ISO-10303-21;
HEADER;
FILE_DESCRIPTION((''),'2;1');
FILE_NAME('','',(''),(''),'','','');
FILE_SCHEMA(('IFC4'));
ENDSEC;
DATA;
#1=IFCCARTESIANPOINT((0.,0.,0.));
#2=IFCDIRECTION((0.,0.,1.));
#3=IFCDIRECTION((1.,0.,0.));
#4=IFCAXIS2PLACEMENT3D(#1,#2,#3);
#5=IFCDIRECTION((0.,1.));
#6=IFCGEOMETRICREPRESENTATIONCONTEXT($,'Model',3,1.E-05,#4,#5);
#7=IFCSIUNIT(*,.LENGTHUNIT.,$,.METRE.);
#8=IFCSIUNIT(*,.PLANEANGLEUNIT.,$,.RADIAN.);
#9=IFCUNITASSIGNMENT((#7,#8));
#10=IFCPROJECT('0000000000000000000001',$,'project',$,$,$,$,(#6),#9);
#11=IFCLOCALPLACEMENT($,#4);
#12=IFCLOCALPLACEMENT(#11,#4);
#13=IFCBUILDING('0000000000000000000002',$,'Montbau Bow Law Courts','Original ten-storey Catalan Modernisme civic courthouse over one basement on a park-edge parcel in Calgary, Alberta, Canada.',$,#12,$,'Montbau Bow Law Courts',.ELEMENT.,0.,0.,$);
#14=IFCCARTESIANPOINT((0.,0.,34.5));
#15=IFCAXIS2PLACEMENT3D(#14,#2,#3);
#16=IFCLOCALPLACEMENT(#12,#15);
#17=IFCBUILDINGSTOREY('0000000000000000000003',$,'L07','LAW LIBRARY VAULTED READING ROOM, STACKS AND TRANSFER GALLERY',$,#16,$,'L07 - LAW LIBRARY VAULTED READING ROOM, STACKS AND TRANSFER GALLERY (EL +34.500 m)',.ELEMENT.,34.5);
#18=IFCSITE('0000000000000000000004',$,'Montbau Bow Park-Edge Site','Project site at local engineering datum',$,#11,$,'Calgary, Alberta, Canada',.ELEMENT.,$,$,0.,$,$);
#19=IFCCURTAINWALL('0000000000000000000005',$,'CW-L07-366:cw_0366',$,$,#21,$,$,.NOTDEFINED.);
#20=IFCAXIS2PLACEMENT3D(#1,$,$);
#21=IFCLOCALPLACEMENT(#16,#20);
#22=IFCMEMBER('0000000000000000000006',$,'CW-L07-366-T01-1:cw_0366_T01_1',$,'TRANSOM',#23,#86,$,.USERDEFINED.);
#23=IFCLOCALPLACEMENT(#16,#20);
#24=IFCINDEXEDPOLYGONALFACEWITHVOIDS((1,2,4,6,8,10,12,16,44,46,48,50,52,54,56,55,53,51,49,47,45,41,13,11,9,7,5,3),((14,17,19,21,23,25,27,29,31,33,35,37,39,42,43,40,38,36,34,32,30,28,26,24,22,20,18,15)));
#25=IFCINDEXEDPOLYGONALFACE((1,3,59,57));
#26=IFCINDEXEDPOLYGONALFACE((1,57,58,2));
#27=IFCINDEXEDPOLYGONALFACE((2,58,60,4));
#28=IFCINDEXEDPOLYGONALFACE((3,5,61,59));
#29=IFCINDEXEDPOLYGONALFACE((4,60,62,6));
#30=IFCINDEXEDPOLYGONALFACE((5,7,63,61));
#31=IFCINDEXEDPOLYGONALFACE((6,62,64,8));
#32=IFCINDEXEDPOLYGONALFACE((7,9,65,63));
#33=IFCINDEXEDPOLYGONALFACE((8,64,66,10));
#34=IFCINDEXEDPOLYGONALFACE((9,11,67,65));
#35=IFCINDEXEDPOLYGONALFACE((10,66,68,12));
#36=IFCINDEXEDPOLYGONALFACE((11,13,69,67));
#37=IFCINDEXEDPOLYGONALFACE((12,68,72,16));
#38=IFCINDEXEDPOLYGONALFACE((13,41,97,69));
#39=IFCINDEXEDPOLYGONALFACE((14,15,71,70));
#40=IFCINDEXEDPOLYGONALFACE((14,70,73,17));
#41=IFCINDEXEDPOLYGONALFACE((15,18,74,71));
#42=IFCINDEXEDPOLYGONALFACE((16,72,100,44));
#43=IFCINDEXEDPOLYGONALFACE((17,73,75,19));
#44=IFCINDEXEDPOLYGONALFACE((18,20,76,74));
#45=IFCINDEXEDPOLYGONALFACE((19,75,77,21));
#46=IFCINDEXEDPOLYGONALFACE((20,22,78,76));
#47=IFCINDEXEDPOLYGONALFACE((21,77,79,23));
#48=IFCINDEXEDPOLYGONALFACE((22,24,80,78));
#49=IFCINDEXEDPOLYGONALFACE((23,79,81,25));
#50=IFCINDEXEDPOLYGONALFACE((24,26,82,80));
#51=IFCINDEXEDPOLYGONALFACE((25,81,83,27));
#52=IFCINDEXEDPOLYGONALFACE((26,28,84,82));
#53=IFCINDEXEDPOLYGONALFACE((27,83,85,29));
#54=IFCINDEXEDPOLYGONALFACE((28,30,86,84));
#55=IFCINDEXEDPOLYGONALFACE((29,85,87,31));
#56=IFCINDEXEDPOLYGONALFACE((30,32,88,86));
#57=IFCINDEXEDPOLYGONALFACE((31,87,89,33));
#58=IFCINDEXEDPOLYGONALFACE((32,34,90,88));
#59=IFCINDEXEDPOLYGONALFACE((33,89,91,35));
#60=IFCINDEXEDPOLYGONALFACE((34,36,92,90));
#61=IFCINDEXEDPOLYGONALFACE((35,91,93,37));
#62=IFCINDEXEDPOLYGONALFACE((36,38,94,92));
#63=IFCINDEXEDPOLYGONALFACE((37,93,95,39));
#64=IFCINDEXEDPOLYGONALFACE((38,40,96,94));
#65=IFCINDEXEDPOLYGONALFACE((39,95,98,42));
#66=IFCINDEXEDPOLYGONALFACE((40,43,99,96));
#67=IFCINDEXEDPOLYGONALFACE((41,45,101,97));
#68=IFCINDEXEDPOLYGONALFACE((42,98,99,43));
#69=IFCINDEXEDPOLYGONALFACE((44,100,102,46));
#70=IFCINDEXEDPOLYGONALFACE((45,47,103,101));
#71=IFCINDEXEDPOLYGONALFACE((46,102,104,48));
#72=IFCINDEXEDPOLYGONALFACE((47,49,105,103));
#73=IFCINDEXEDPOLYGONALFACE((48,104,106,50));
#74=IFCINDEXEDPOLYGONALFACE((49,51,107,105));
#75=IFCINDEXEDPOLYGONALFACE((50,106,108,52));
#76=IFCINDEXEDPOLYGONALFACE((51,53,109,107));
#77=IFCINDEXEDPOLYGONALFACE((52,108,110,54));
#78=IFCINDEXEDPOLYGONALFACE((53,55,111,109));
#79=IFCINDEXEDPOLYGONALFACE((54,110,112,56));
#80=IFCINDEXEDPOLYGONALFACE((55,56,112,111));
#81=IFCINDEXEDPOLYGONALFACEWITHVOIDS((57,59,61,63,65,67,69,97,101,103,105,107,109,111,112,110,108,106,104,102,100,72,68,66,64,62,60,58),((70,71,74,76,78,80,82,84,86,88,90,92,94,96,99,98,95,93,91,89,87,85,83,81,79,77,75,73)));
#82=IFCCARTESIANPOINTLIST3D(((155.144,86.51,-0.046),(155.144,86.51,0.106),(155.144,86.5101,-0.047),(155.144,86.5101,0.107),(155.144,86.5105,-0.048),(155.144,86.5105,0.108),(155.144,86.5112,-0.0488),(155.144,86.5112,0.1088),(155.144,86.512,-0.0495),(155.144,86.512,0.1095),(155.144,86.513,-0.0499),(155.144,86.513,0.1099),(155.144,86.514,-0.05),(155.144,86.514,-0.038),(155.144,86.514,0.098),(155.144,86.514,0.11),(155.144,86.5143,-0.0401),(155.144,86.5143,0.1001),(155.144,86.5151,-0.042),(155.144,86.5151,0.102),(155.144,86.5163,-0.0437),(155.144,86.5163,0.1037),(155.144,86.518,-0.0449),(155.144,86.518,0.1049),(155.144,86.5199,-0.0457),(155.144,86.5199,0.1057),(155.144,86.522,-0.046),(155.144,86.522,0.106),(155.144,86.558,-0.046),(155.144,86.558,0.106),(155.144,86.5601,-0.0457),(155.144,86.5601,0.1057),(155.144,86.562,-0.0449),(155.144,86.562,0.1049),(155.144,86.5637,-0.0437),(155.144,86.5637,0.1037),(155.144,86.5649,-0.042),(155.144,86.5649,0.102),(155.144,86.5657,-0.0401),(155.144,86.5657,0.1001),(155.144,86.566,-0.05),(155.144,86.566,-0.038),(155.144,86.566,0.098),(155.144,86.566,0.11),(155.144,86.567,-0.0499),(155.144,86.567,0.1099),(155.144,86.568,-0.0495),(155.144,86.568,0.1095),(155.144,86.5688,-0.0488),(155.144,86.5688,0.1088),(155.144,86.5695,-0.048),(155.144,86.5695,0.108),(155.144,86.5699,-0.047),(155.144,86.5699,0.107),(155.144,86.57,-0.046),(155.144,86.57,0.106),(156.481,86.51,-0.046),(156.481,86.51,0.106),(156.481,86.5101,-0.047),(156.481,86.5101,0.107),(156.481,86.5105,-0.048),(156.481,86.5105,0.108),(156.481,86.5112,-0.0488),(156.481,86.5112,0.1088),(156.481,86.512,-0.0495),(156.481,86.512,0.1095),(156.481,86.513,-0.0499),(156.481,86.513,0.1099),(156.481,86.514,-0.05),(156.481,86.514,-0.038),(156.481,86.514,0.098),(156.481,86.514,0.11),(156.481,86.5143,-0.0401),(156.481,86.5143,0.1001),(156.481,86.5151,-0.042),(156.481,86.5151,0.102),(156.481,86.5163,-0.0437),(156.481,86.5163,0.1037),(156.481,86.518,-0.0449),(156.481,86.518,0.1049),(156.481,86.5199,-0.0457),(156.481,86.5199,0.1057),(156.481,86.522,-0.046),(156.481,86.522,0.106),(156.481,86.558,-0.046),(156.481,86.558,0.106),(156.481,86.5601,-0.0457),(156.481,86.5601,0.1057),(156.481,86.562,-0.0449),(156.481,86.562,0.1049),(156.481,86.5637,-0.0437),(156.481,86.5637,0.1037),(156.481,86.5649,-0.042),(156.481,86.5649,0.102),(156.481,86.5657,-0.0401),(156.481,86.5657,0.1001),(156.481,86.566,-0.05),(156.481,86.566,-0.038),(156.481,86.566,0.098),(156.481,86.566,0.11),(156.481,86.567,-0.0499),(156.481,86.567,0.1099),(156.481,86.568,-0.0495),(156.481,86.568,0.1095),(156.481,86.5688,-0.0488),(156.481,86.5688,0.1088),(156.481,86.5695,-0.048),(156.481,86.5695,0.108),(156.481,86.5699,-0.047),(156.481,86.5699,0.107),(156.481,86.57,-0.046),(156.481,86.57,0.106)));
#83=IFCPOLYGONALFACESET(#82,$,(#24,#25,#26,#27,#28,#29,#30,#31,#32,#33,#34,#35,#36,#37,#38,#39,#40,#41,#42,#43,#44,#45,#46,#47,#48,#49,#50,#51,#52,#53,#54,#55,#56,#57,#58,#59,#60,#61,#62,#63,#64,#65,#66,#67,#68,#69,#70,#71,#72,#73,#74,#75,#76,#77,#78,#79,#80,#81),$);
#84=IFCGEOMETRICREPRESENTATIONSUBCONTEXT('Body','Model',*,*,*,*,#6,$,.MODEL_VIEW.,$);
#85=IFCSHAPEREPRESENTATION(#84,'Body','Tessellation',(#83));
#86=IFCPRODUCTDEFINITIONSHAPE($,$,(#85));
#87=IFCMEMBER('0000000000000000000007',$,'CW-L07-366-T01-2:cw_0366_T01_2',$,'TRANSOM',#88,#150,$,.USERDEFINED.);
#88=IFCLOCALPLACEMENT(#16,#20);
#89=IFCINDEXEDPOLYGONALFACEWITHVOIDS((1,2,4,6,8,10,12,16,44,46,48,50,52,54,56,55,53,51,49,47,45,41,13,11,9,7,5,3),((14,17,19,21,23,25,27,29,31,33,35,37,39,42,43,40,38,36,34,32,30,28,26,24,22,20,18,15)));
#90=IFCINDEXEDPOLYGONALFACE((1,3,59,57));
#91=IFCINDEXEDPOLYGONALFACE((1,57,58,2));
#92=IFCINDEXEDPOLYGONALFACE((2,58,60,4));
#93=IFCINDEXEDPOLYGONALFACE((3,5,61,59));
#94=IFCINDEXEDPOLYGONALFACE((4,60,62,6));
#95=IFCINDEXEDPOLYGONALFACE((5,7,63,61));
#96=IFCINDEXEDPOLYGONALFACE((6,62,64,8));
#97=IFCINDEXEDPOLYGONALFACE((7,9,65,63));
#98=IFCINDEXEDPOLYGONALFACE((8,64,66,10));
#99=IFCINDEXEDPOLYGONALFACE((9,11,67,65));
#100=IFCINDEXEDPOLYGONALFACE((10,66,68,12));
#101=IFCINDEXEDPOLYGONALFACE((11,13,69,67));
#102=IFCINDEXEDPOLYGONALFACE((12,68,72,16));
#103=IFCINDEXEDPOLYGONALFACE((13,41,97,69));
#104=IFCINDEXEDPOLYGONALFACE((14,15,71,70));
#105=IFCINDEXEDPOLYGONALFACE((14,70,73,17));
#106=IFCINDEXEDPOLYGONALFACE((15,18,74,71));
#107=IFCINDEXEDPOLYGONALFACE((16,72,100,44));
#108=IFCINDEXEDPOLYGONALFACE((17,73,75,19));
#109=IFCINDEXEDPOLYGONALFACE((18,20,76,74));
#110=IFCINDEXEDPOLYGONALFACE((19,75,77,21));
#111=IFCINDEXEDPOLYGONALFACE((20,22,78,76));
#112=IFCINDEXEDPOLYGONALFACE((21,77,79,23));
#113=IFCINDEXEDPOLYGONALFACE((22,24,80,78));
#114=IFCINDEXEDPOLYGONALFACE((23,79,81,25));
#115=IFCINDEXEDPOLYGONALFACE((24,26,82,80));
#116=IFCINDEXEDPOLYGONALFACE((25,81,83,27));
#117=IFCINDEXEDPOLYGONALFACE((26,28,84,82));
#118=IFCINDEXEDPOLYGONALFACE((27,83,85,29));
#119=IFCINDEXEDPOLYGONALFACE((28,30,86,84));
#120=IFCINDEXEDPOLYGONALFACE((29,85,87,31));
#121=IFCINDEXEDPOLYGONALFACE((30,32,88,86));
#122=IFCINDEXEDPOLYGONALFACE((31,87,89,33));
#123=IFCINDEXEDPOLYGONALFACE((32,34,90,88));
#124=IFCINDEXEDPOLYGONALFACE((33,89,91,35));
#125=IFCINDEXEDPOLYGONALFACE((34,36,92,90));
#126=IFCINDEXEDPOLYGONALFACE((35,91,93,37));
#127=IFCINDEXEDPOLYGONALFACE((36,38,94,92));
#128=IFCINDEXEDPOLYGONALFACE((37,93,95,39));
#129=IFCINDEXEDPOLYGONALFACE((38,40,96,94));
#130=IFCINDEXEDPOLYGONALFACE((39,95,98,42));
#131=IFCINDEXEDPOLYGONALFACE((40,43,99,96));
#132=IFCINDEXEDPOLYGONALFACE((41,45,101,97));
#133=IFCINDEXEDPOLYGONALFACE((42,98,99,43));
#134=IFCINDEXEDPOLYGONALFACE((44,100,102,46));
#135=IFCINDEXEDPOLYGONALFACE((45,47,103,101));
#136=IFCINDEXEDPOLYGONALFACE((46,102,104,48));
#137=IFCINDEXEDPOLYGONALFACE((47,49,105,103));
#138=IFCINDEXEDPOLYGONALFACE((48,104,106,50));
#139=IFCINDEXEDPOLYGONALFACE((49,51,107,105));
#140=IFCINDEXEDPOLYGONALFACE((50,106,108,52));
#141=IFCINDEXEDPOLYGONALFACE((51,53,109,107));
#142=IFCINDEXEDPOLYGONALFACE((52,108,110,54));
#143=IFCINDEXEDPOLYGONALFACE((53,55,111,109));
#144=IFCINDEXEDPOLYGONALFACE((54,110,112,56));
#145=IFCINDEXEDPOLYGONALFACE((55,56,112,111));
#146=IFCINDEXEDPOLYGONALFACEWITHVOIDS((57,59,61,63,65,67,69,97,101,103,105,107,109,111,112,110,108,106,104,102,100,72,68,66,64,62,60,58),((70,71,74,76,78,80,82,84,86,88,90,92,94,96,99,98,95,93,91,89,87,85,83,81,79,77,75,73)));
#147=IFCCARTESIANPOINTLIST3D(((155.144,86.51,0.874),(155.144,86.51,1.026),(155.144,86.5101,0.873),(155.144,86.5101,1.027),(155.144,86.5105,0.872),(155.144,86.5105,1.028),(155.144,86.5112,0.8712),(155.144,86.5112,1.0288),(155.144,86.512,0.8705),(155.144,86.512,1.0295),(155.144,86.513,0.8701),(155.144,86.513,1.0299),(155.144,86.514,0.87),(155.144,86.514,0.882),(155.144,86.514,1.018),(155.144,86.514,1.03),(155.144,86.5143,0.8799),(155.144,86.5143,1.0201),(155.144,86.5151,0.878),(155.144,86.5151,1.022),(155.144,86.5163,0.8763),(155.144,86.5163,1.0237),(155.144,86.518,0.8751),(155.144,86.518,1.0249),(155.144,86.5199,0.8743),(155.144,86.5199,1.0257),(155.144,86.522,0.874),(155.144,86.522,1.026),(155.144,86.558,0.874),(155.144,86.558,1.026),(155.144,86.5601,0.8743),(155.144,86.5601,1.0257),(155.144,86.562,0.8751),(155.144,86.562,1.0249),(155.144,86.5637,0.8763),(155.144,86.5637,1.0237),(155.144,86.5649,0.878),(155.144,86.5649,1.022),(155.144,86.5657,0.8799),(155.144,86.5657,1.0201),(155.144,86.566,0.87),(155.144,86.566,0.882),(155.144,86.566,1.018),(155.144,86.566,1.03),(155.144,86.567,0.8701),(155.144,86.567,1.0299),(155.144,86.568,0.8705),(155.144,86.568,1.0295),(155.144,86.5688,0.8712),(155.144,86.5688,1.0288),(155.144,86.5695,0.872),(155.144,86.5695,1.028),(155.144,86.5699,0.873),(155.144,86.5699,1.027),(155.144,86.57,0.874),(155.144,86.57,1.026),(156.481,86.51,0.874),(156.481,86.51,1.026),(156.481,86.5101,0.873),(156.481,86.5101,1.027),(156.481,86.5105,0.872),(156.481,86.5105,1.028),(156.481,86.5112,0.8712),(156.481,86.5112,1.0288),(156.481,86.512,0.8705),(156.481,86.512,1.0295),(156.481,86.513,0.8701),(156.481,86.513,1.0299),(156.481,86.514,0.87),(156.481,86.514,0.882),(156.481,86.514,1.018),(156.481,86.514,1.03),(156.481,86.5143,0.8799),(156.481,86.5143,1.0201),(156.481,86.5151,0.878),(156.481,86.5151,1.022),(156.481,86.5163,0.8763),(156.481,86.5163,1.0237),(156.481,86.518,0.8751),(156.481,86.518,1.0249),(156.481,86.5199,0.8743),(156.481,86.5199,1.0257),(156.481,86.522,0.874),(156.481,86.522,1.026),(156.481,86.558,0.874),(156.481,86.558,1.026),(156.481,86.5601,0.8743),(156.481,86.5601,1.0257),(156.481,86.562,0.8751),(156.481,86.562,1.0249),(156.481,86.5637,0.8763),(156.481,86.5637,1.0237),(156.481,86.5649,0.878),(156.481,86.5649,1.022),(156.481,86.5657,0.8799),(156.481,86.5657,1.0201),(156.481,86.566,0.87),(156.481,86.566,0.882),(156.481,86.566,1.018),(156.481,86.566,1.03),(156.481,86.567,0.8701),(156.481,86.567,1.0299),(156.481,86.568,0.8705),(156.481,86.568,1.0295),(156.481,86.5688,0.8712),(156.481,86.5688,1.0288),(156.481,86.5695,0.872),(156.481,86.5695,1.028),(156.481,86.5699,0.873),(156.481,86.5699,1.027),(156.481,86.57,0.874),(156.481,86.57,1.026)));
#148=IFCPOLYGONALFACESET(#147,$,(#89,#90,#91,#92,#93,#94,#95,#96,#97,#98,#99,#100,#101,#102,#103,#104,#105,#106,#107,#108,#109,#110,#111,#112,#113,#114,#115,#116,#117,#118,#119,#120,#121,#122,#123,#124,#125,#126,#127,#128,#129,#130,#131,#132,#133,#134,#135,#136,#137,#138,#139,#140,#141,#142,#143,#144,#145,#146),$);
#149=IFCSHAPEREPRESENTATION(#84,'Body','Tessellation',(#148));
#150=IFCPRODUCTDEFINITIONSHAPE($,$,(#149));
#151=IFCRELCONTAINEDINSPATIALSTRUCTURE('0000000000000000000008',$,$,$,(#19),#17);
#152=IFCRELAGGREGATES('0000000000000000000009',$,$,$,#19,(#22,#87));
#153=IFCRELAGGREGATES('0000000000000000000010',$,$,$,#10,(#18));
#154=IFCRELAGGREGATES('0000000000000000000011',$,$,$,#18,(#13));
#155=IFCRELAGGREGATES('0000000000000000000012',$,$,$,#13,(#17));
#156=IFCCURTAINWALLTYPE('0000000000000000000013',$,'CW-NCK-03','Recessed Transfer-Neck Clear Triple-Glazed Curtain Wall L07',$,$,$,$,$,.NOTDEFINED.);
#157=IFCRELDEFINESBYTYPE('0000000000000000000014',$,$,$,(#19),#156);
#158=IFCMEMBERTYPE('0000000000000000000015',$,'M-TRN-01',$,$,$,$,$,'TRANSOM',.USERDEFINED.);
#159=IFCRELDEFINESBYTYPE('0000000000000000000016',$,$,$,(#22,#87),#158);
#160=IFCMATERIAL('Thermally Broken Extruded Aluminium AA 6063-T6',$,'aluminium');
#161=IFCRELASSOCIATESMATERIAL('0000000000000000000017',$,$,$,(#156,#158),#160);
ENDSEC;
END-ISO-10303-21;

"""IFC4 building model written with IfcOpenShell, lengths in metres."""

from ifc_helpers import new_model, si_unit, direction, frame, origin_with_axes, origin_2d_with_axis, place, context, subcontext, project, spatial, hollow_rectangle, extrude, material, material_profile, profile_set, type_object, element, aggregate, save


model = new_model("IFC4")

# Units and contexts
model_context = context("Model", 3, precision=1e-05, world=origin_with_axes(), true_north=direction((0.0, 1.0)))
body_context = subcontext(model_context, "Body", "Model", "MODEL_VIEW")
ifc_project = project(units=[si_unit("LENGTHUNIT", "METRE"), si_unit("PLANEANGLEUNIT", "RADIAN")], contexts=[model_context])

# Site, building, storey
site_placement = place(None, origin_with_axes())
site = spatial("IfcSite", under=ifc_project, at=site_placement, Name="Montbau Bow Park-Edge Site", Description="Project site at local engineering datum", LongName="Calgary, Alberta, Canada", CompositionType="ELEMENT", RefElevation=0.0)
building_placement = place(site_placement, origin_with_axes())
building = spatial("IfcBuilding", under=site, at=building_placement, Name="Montbau Bow Law Courts", Description="Original ten-storey Catalan Modernisme civic courthouse over one basement on a park-edge parcel in Calgary, Alberta, Canada.", LongName="Montbau Bow Law Courts", CompositionType="ELEMENT", ElevationOfRefHeight=0.0, ElevationOfTerrain=0.0)
storey_placement = place(building_placement, frame((0.0, 0.0, 34.5), z_axis=(0.0, 0.0, 1.0), x_axis=(1.0, 0.0, 0.0)))
storey = spatial("IfcBuildingStorey", under=building, at=storey_placement, Name="L07", Description="LAW LIBRARY VAULTED READING ROOM, STACKS AND TRANSFER GALLERY", LongName="L07 - LAW LIBRARY VAULTED READING ROOM, STACKS AND TRANSFER GALLERY (EL +34.500 m)", CompositionType="ELEMENT", Elevation=34.5)

# Curtain wall
ifc_material_1 = material(Name="Thermally Broken Extruded Aluminium AA 6063-T6", Category="aluminium")
curtain_wall_type = type_object("IfcCurtainWallType", Name="CW-NCK-03", Description="Recessed Transfer-Neck Clear Triple-Glazed Curtain Wall L07", PredefinedType="NOTDEFINED", material=ifc_material_1)
curtain_wall_1_placement = place(None, frame((155.068, 86.54, 34.5), z_axis=(0.0, 0.0, 1.0), x_axis=(1.0, 0.0, 0.0)))
curtain_wall_1 = element("IfcCurtainWall", 1, at=curtain_wall_1_placement, inside=storey, type_object=curtain_wall_type, Name="CW-L07-366:cw_0366", PredefinedType="NOTDEFINED")

# Members
ifc_material_profile_1 = material_profile(ifc_material_1, hollow_rectangle(XDim=0.06, YDim=0.16, WallThickness=0.004, InnerFilletRadius=0.008, OuterFilletRadius=0.004, at=origin_2d_with_axis()), Name="CWT-160X60", Category="Main", Priority=0)
ifc_profile_set_1 = profile_set([ifc_material_profile_1], Name="Thermally Broken Extruded Aluminium AA 6063-T6")
member_type_1 = type_object("IfcMemberType", Name="M-TRN-01", ElementType="TRANSOM", PredefinedType="USERDEFINED", material=ifc_profile_set_1)
member_1_placement = place(None, frame((155.144, 86.54, 34.53), z_axis=(1.0, 0.0, 0.0), x_axis=(0.0, 1.0, 0.0)))
member_1 = element("IfcMember", 2, at=member_1_placement, type_object=member_type_1, Name="CW-L07-366-T01-1:cw_0366_T01_1", ObjectType="TRANSOM", PredefinedType="USERDEFINED", context=body_context, shape_type="SweptSolid", body=[
    extrude(hollow_rectangle(XDim=0.06, YDim=0.16, WallThickness=0.004, InnerFilletRadius=0.008, OuterFilletRadius=0.004, at=origin_2d_with_axis()), origin_with_axes(), (0.0, 0.0, 1.0), 1.337),
])
member_2_placement = place(None, frame((155.144, 86.54, 35.45), z_axis=(1.0, 0.0, 0.0), x_axis=(0.0, 1.0, 0.0)))
member_2 = element("IfcMember", 3, at=member_2_placement, type_object=member_type_1, Name="CW-L07-366-T01-2:cw_0366_T01_2", ObjectType="TRANSOM", PredefinedType="USERDEFINED", context=body_context, shape_type="SweptSolid", body=[
    extrude(hollow_rectangle(XDim=0.06, YDim=0.16, WallThickness=0.004, InnerFilletRadius=0.008, OuterFilletRadius=0.004, at=origin_2d_with_axis()), origin_with_axes(), (0.0, 0.0, 1.0), 1.337),
])

aggregate(curtain_wall_1, [member_1, member_2])

save(model, "model.ifc")
